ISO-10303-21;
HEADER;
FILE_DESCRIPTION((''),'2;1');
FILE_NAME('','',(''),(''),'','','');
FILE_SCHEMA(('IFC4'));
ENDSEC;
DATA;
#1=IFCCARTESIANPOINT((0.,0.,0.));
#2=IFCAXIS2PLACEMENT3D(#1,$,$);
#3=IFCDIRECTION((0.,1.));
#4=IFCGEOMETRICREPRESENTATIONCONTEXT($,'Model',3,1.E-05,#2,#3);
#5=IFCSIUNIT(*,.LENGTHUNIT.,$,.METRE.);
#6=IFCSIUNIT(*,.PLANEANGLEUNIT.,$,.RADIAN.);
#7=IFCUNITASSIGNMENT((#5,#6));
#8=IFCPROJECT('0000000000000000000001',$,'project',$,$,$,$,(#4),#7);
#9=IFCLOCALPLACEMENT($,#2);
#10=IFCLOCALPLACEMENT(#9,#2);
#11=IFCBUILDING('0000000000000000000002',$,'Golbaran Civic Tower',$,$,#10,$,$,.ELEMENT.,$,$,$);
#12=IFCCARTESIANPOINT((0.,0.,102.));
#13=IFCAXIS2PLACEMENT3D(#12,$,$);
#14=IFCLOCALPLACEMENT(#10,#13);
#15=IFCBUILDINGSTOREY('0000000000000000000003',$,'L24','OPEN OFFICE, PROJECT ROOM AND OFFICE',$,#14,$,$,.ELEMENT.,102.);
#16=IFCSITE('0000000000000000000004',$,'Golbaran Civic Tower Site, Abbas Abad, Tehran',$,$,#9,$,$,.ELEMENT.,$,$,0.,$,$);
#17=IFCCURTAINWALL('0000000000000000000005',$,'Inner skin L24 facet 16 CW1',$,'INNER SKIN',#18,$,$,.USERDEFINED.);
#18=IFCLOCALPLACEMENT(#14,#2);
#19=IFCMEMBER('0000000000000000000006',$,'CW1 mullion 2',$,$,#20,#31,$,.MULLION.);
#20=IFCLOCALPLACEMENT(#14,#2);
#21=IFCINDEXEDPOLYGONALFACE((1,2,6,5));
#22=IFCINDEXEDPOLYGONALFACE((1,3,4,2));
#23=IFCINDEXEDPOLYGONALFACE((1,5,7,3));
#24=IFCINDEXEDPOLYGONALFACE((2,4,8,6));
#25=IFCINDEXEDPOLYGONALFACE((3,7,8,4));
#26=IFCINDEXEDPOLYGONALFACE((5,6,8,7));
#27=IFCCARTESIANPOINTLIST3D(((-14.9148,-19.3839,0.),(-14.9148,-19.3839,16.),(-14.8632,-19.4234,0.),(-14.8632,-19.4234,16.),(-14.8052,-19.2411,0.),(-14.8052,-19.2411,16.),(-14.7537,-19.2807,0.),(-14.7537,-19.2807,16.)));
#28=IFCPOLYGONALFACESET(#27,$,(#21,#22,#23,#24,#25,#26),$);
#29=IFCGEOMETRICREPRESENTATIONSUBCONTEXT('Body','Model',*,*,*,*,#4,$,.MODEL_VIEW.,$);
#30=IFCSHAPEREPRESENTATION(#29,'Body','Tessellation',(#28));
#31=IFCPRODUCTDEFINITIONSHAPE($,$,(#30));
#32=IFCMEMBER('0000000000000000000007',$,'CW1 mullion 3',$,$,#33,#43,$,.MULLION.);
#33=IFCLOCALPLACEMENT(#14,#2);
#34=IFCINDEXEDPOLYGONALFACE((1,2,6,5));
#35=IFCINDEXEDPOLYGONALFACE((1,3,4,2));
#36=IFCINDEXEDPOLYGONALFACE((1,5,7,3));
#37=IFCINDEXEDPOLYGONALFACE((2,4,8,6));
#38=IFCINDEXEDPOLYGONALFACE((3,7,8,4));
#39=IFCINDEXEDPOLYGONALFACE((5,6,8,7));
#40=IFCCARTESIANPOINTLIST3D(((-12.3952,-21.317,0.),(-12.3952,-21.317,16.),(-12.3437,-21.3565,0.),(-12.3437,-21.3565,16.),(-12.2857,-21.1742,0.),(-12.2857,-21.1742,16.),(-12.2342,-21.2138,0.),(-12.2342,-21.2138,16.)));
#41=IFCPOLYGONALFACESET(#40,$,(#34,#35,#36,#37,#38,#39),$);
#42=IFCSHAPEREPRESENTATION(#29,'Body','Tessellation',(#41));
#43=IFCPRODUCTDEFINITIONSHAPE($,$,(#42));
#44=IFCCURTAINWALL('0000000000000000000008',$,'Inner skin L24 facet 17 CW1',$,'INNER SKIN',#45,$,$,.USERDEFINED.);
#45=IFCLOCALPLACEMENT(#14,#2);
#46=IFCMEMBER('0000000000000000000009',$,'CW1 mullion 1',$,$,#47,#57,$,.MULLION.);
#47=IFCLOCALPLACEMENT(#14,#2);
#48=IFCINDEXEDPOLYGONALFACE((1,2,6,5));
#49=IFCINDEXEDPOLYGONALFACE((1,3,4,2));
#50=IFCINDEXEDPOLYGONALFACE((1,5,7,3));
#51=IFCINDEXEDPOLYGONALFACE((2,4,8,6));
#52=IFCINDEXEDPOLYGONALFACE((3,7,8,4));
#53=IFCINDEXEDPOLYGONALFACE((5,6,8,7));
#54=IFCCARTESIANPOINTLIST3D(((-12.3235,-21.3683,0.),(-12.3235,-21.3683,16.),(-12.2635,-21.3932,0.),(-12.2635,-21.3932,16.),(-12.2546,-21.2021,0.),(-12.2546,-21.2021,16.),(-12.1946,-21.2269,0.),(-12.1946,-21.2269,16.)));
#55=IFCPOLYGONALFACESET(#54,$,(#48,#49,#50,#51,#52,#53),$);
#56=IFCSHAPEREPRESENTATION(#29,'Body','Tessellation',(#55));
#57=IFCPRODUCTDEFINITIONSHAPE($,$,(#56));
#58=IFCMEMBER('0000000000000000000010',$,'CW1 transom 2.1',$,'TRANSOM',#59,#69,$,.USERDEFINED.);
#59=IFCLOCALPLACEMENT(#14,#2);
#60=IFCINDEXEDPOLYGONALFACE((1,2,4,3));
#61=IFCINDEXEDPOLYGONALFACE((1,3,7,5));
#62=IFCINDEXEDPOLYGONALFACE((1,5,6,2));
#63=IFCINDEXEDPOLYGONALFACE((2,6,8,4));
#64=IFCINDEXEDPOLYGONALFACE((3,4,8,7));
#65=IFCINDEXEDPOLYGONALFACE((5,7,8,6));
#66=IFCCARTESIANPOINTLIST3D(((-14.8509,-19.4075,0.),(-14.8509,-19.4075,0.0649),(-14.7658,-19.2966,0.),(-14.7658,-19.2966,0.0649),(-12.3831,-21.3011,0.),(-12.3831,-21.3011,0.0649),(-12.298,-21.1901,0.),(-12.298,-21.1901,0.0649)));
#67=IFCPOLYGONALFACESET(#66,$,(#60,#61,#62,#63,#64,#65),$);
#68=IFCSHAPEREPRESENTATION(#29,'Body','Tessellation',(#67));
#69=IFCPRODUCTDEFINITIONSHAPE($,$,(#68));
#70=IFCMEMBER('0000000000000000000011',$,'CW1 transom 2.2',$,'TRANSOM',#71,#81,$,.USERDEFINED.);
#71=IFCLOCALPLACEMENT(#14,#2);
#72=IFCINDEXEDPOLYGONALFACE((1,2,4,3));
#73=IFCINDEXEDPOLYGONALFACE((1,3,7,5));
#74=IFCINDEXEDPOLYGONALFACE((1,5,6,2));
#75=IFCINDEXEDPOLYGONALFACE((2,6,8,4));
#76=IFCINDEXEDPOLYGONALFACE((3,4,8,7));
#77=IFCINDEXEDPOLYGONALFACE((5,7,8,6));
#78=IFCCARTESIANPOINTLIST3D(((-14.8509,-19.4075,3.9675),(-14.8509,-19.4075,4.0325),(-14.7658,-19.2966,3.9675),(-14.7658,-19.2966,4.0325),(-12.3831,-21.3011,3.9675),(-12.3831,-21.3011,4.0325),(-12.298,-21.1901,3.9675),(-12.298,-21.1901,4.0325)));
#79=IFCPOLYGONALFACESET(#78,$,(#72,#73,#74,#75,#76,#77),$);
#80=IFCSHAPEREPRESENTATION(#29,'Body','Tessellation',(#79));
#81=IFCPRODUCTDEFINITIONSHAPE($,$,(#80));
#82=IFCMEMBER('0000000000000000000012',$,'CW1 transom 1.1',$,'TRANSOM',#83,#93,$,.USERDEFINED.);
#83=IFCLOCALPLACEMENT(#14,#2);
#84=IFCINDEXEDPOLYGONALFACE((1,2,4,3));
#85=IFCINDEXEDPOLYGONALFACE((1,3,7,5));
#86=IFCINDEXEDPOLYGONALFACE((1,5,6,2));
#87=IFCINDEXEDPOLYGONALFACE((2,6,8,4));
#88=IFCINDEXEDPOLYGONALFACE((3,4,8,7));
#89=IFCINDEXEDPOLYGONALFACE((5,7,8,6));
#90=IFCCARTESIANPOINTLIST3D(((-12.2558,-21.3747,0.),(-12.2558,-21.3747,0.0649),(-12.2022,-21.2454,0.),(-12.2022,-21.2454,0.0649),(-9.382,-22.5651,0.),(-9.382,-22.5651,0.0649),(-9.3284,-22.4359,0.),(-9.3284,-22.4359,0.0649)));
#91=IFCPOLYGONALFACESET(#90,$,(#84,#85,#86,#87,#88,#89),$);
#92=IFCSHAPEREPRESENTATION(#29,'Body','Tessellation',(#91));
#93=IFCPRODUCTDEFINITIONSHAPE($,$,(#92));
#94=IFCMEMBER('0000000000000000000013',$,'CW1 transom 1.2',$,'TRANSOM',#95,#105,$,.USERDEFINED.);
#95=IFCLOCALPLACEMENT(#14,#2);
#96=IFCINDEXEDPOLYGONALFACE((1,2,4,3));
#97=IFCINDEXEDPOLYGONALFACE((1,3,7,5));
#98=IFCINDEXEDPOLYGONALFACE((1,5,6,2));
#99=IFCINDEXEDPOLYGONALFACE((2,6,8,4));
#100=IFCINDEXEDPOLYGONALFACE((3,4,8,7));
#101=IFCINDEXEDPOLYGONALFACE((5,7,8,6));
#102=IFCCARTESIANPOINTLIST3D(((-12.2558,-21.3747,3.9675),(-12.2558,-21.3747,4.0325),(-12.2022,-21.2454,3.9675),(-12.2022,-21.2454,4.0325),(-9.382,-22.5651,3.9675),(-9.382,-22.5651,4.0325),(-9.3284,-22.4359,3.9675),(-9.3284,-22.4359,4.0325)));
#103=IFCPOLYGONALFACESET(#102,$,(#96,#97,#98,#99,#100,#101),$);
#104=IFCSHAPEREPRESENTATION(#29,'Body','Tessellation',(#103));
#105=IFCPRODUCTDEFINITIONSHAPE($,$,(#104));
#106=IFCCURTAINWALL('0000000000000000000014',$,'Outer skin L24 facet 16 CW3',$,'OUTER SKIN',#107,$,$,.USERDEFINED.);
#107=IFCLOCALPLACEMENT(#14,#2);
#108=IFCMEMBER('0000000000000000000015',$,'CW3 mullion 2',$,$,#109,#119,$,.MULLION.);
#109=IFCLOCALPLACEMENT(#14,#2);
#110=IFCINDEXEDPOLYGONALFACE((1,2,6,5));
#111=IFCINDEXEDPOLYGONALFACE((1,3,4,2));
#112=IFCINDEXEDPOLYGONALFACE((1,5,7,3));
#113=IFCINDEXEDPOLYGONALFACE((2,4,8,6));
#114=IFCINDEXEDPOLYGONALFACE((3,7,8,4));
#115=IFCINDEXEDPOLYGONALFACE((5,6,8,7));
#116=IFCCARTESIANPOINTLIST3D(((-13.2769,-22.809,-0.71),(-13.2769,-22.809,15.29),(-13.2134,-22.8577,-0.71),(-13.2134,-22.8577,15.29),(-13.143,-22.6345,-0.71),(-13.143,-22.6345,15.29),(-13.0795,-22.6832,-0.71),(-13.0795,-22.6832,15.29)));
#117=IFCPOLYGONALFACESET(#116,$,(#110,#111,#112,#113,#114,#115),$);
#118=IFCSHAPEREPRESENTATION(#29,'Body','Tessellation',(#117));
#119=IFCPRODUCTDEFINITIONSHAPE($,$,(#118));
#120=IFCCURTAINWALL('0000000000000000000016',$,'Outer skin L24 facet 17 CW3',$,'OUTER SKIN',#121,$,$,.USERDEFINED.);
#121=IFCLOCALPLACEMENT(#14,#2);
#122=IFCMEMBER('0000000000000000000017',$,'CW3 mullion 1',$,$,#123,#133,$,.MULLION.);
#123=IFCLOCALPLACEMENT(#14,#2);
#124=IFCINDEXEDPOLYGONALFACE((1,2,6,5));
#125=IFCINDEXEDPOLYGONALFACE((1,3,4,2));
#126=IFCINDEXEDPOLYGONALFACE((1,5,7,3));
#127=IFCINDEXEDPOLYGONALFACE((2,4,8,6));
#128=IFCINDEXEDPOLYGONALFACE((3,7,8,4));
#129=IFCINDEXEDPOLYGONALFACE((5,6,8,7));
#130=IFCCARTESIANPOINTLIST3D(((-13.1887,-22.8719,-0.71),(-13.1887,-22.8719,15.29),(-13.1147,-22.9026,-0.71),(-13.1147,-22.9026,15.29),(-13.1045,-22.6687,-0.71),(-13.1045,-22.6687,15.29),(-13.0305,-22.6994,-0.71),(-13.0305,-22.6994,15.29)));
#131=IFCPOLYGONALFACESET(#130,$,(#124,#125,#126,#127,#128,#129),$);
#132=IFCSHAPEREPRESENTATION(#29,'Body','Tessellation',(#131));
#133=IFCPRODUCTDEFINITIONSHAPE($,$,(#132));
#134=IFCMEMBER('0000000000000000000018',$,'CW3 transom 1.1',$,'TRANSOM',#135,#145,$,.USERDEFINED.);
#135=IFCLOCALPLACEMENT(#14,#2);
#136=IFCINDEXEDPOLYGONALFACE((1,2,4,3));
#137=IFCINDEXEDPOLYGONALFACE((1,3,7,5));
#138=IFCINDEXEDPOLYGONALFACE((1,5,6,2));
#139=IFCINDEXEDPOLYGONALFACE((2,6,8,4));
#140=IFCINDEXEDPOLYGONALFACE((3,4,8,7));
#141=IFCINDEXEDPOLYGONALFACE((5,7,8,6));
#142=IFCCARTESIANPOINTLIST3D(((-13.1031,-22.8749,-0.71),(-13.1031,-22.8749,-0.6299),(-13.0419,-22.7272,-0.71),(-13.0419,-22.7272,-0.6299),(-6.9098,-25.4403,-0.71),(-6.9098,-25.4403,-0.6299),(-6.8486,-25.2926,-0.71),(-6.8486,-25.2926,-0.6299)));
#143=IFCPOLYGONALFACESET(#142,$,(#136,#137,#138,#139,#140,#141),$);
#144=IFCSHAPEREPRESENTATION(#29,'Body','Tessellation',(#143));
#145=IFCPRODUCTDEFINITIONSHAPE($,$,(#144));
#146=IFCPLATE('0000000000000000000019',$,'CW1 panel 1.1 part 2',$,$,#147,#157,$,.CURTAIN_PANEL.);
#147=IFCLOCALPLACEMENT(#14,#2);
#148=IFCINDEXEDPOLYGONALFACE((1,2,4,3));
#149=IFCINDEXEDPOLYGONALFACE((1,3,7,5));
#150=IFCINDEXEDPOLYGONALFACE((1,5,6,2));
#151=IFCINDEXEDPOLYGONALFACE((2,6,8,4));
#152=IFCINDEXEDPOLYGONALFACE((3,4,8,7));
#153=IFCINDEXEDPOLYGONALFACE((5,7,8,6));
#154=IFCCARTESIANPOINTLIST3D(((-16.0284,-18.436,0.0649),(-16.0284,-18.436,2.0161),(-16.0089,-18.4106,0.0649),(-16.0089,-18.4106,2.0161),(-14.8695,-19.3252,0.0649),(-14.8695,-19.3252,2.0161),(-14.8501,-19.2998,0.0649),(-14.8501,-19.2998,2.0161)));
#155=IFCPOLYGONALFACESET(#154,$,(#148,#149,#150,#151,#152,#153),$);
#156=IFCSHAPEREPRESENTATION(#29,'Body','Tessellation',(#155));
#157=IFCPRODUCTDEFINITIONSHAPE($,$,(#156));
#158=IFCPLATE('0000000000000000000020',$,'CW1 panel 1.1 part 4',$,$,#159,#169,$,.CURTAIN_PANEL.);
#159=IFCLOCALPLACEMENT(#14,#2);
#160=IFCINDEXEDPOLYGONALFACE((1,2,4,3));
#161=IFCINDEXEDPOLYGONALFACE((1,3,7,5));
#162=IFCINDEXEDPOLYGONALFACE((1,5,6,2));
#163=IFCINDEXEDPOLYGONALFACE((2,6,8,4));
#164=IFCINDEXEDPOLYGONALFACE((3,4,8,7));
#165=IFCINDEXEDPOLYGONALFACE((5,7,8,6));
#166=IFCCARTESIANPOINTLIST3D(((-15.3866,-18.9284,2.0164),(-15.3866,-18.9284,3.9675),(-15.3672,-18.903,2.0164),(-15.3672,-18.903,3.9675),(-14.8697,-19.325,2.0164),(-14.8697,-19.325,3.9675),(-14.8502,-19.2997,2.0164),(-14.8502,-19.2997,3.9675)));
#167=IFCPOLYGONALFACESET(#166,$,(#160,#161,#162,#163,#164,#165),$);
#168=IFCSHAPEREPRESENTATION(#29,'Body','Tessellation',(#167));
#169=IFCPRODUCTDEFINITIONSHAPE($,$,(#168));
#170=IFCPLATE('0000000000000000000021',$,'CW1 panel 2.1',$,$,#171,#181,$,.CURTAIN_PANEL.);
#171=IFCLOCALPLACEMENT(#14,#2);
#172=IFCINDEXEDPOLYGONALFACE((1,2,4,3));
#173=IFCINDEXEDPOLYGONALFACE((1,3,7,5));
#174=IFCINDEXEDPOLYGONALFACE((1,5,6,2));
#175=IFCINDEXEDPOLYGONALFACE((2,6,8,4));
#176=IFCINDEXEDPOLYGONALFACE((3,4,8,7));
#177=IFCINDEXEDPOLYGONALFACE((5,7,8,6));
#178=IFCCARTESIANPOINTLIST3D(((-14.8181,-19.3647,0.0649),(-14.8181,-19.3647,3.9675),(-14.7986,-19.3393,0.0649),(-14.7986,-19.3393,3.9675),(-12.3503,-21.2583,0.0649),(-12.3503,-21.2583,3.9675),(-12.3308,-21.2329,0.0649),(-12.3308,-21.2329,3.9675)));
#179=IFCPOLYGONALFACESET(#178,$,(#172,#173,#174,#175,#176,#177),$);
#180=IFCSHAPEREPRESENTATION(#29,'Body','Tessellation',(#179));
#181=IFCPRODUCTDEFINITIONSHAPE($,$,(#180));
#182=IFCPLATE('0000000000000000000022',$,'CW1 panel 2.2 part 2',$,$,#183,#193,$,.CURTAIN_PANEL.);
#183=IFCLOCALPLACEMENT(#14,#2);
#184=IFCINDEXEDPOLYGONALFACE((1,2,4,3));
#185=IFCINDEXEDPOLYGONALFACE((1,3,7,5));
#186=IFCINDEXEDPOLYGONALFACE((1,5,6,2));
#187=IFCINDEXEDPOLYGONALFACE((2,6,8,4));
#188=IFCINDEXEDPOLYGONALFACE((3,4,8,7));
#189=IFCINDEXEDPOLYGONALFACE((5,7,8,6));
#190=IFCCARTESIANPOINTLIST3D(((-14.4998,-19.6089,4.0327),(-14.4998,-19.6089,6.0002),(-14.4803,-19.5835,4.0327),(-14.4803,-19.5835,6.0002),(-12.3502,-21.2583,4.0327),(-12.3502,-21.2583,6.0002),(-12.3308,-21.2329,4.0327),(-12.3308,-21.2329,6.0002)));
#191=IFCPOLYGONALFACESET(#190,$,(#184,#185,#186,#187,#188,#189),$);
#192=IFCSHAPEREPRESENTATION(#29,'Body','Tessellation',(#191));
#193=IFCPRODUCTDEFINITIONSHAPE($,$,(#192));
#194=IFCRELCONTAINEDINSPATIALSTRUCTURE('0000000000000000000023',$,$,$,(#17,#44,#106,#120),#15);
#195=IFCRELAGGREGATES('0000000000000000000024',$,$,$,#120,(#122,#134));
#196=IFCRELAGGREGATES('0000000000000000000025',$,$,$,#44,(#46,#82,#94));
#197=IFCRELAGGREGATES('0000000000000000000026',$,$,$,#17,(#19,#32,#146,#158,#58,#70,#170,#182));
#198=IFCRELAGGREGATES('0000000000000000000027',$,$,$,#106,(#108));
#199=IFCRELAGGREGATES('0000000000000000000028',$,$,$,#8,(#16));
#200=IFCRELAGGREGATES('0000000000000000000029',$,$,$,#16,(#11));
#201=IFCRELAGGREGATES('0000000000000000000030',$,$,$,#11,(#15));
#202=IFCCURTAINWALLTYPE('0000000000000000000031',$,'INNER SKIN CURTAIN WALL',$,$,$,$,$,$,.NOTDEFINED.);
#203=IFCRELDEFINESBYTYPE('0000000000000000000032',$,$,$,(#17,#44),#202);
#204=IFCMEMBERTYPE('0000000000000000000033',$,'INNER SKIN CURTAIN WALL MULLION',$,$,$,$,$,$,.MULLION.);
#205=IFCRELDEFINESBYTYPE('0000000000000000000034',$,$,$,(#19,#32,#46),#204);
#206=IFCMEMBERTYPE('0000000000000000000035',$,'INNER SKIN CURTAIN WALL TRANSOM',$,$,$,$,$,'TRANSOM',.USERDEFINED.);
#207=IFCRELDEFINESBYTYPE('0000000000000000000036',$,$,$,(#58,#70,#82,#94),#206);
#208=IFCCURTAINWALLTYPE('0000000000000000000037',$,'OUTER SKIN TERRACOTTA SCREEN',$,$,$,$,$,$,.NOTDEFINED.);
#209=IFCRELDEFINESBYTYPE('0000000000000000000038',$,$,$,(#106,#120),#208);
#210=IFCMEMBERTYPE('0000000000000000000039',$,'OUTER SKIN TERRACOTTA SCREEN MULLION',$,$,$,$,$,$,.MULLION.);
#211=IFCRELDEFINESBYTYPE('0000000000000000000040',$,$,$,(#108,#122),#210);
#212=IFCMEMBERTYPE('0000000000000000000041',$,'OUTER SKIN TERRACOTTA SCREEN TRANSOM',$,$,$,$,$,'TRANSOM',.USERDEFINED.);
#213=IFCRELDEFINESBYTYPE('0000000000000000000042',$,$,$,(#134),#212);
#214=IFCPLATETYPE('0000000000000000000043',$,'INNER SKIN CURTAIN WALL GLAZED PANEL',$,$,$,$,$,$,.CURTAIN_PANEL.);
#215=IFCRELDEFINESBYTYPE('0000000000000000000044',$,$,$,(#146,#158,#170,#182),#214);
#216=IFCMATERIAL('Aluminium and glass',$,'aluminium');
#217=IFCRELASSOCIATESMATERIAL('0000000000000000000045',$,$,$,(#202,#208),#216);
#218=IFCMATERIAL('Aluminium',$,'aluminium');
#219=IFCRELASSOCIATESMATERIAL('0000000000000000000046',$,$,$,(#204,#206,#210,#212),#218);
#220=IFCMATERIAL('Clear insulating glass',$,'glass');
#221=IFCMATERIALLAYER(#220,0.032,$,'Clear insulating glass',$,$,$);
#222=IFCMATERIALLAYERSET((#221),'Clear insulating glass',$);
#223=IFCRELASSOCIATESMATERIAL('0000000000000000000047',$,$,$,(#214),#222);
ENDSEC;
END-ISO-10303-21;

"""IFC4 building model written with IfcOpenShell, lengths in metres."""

from ifc_helpers import new_model, si_unit, direction, frame, origin, origin_2d, place, context, subcontext, project, spatial, rectangle, extrude, material, layer, layer_set, material_profile, profile_set, type_object, element, aggregate, save


model = new_model("IFC4")

# Units and contexts
model_context = context("Model", 3, precision=1e-05, world=origin(), true_north=direction((0.0, 1.0)))
body_context = subcontext(model_context, "Body", "Model", "MODEL_VIEW")
ifc_project = project(units=[si_unit("LENGTHUNIT", "METRE"), si_unit("PLANEANGLEUNIT", "RADIAN")], contexts=[model_context])

# Site, building, storey
site_placement = place(None, origin())
site = spatial("IfcSite", under=ifc_project, at=site_placement, Name="Golbaran Civic Tower Site, Abbas Abad, Tehran", CompositionType="ELEMENT", RefElevation=0.0)
building_placement = place(site_placement, origin())
building = spatial("IfcBuilding", under=site, at=building_placement, Name="Golbaran Civic Tower", CompositionType="ELEMENT")
storey_placement = place(building_placement, frame((0.0, 0.0, 102.0)))
storey = spatial("IfcBuildingStorey", under=building, at=storey_placement, Name="L24", Description="OPEN OFFICE, PROJECT ROOM AND OFFICE", CompositionType="ELEMENT", Elevation=102.0)

# Curtain wall, members
ifc_material_1 = material(Name="Aluminium and glass", Category="aluminium")
curtain_wall_type_1 = type_object("IfcCurtainWallType", Name="INNER SKIN CURTAIN WALL", PredefinedType="NOTDEFINED", material=ifc_material_1)
curtain_wall_1_placement = place(storey_placement, origin())
curtain_wall_1 = element("IfcCurtainWall", 1, at=curtain_wall_1_placement, inside=storey, type_object=curtain_wall_type_1, Name="Inner skin L24 facet 16 CW1", ObjectType="INNER SKIN", PredefinedType="USERDEFINED")
ifc_material_2 = material(Name="Aluminium", Category="aluminium")
ifc_material_profile_1 = material_profile(ifc_material_2, rectangle(XDim=0.1799, YDim=0.0649, at=origin_2d()), Name="INNER SKIN CURTAIN WALL MULLION")
ifc_profile_set_1 = profile_set([ifc_material_profile_1], Name="Aluminium")
member_type_1 = type_object("IfcMemberType", Name="INNER SKIN CURTAIN WALL MULLION", PredefinedType="MULLION", material=ifc_profile_set_1)
member_1_placement = place(storey_placement, frame((-14.8342, -19.3323, 0.0), z_axis=(0.0, 0.0, 1.0), x_axis=(0.608761, 0.793353, 0.0)))
member_1 = element("IfcMember", 2, at=member_1_placement, type_object=member_type_1, Name="CW1 mullion 2", PredefinedType="MULLION", context=body_context, shape_type="SweptSolid", body=[
    extrude(rectangle(XDim=0.1799, YDim=0.0649, at=origin_2d()), origin(), (0.0, 0.0, 1.0), 16.0),
])
member_2_placement = place(storey_placement, frame((-12.3147, -21.2654, 0.0), z_axis=(0.0, 0.0, 1.0), x_axis=(0.608761, 0.793353, 0.0)))
member_2 = element("IfcMember", 3, at=member_2_placement, type_object=member_type_1, Name="CW1 mullion 3", PredefinedType="MULLION", context=body_context, shape_type="SweptSolid", body=[
    extrude(rectangle(XDim=0.1799, YDim=0.0649, at=origin_2d()), origin(), (0.0, 0.0, 1.0), 16.0),
])

# Curtain wall, member
curtain_wall_2_placement = place(storey_placement, origin())
curtain_wall_2 = element("IfcCurtainWall", 4, at=curtain_wall_2_placement, inside=storey, type_object=curtain_wall_type_1, Name="Inner skin L24 facet 17 CW1", ObjectType="INNER SKIN", PredefinedType="USERDEFINED")
member_3_placement = place(storey_placement, frame((-12.259, -21.2976, 0.0), z_axis=(0.0, 0.0, 1.0), x_axis=(0.382683, 0.92388, 0.0)))
member_3 = element("IfcMember", 5, at=member_3_placement, type_object=member_type_1, Name="CW1 mullion 1", PredefinedType="MULLION", context=body_context, shape_type="SweptSolid", body=[
    extrude(rectangle(XDim=0.1799, YDim=0.0649, at=origin_2d()), origin(), (0.0, 0.0, 1.0), 16.0),
])

# Members
ifc_material_profile_2 = material_profile(ifc_material_2, rectangle(XDim=0.1399, YDim=0.0649, at=origin_2d()), Name="INNER SKIN CURTAIN WALL TRANSOM")
ifc_profile_set_2 = profile_set([ifc_material_profile_2], Name="Aluminium")
member_type_2 = type_object("IfcMemberType", Name="INNER SKIN CURTAIN WALL TRANSOM", ElementType="TRANSOM", PredefinedType="USERDEFINED", material=ifc_profile_set_2)
member_4_placement = place(storey_placement, frame((-14.8083, -19.3521, 0.0325), z_axis=(0.793359, -0.608754, 0.0), x_axis=(0.608754, 0.793359, 0.0)))
member_4 = element("IfcMember", 6, at=member_4_placement, type_object=member_type_2, Name="CW1 transom 2.1", ObjectType="TRANSOM", PredefinedType="USERDEFINED", context=body_context, shape_type="SweptSolid", body=[
    extrude(rectangle(XDim=0.1399, YDim=0.0649, at=origin_2d()), origin(), (0.0, 0.0, 1.0), 3.1106),
])
member_5_placement = place(storey_placement, frame((-14.8083, -19.3521, 4.0), z_axis=(0.793359, -0.608754, 0.0), x_axis=(0.608754, 0.793359, 0.0)))
member_5 = element("IfcMember", 7, at=member_5_placement, type_object=member_type_2, Name="CW1 transom 2.2", ObjectType="TRANSOM", PredefinedType="USERDEFINED", context=body_context, shape_type="SweptSolid", body=[
    extrude(rectangle(XDim=0.1399, YDim=0.0649, at=origin_2d()), origin(), (0.0, 0.0, 1.0), 3.1106),
])
member_6_placement = place(storey_placement, frame((-12.229, -21.3101, 0.0325), z_axis=(0.923871, -0.382703, 0.0), x_axis=(0.382703, 0.923871, 0.0)))
member_6 = element("IfcMember", 8, at=member_6_placement, type_object=member_type_2, Name="CW1 transom 1.1", ObjectType="TRANSOM", PredefinedType="USERDEFINED", context=body_context, shape_type="SweptSolid", body=[
    extrude(rectangle(XDim=0.1399, YDim=0.0649, at=origin_2d()), origin(), (0.0, 0.0, 1.0), 3.1106),
])
member_7_placement = place(storey_placement, frame((-12.229, -21.3101, 4.0), z_axis=(0.923871, -0.382703, 0.0), x_axis=(0.382703, 0.923871, 0.0)))
member_7 = element("IfcMember", 9, at=member_7_placement, type_object=member_type_2, Name="CW1 transom 1.2", ObjectType="TRANSOM", PredefinedType="USERDEFINED", context=body_context, shape_type="SweptSolid", body=[
    extrude(rectangle(XDim=0.1399, YDim=0.0649, at=origin_2d()), origin(), (0.0, 0.0, 1.0), 3.1106),
])

# Curtain wall, member
curtain_wall_type_2 = type_object("IfcCurtainWallType", Name="OUTER SKIN TERRACOTTA SCREEN", PredefinedType="NOTDEFINED", material=ifc_material_1)
curtain_wall_3_placement = place(storey_placement, origin())
curtain_wall_3 = element("IfcCurtainWall", 10, at=curtain_wall_3_placement, inside=storey, type_object=curtain_wall_type_2, Name="Outer skin L24 facet 16 CW3", ObjectType="OUTER SKIN", PredefinedType="USERDEFINED")
ifc_material_profile_3 = material_profile(ifc_material_2, rectangle(XDim=0.22, YDim=0.0801, at=origin_2d()), Name="OUTER SKIN TERRACOTTA SCREEN MULLION")
ifc_profile_set_3 = profile_set([ifc_material_profile_3], Name="Aluminium")
member_type_3 = type_object("IfcMemberType", Name="OUTER SKIN TERRACOTTA SCREEN MULLION", PredefinedType="MULLION", material=ifc_profile_set_3)
member_8_placement = place(storey_placement, frame((-13.1782, -22.7461, -0.71), z_axis=(0.0, 0.0, 1.0), x_axis=(0.608761, 0.793353, 0.0)))
member_8 = element("IfcMember", 11, at=member_8_placement, type_object=member_type_3, Name="CW3 mullion 2", PredefinedType="MULLION", context=body_context, shape_type="SweptSolid", body=[
    extrude(rectangle(XDim=0.22, YDim=0.0801, at=origin_2d()), origin(), (0.0, 0.0, 1.0), 16.0),
])

# Curtain wall, members
curtain_wall_4_placement = place(storey_placement, origin())
curtain_wall_4 = element("IfcCurtainWall", 12, at=curtain_wall_4_placement, inside=storey, type_object=curtain_wall_type_2, Name="Outer skin L24 facet 17 CW3", ObjectType="OUTER SKIN", PredefinedType="USERDEFINED")
member_9_placement = place(storey_placement, frame((-13.1096, -22.7856, -0.71), z_axis=(0.0, 0.0, 1.0), x_axis=(0.382683, 0.92388, 0.0)))
member_9 = element("IfcMember", 13, at=member_9_placement, type_object=member_type_3, Name="CW3 mullion 1", PredefinedType="MULLION", context=body_context, shape_type="SweptSolid", body=[
    extrude(rectangle(XDim=0.22, YDim=0.0801, at=origin_2d()), origin(), (0.0, 0.0, 1.0), 16.0),
])
ifc_material_profile_4 = material_profile(ifc_material_2, rectangle(XDim=0.1599, YDim=0.0801, at=origin_2d()), Name="OUTER SKIN TERRACOTTA SCREEN TRANSOM")
ifc_profile_set_4 = profile_set([ifc_material_profile_4], Name="Aluminium")
member_type_4 = type_object("IfcMemberType", Name="OUTER SKIN TERRACOTTA SCREEN TRANSOM", ElementType="TRANSOM", PredefinedType="USERDEFINED", material=ifc_profile_set_4)
member_10_placement = place(storey_placement, frame((-13.0725, -22.801, -0.6699), z_axis=(0.923877, -0.382691, 0.0), x_axis=(0.382691, 0.923877, 0.0)))
member_10 = element("IfcMember", 14, at=member_10_placement, type_object=member_type_4, Name="CW3 transom 1.1", ObjectType="TRANSOM", PredefinedType="USERDEFINED", context=body_context, shape_type="SweptSolid", body=[
    extrude(rectangle(XDim=0.1599, YDim=0.0801, at=origin_2d()), origin(), (0.0, 0.0, 1.0), 6.7036),
])
aggregate(curtain_wall_4, [member_9, member_10])

# Plates
ifc_material_3 = material(Name="Clear insulating glass", Category="glass")
ifc_layer_1 = layer(ifc_material_3, 0.032, Name="Clear insulating glass")
ifc_layer_set_1 = layer_set([ifc_layer_1], Name="Clear insulating glass")
plate_type_1 = type_object("IfcPlateType", Name="INNER SKIN CURTAIN WALL GLAZED PANEL", PredefinedType="CURTAIN_PANEL", material=ifc_layer_set_1)
plate_1_placement = place(storey_placement, frame((-15.4392, -18.8679, 0.0649), z_axis=(0.0, 0.0, 1.0), x_axis=(0.793353, -0.608761, 0.0)))
plate_1 = element("IfcPlate", 15, at=plate_1_placement, type_object=plate_type_1, Name="CW1 panel 1.1 part 2", PredefinedType="CURTAIN_PANEL", context=body_context, shape_type="SweptSolid", body=[
    extrude(rectangle(XDim=1.4607, YDim=0.032, at=origin_2d()), origin(), (0.0, 0.0, 1.0), 1.9512),
])
plate_2_placement = place(storey_placement, frame((-15.1184, -19.114, 2.0164), z_axis=(0.0, 0.0, 1.0), x_axis=(0.793353, -0.608761, 0.0)))
plate_2 = element("IfcPlate", 16, at=plate_2_placement, type_object=plate_type_1, Name="CW1 panel 1.1 part 4", PredefinedType="CURTAIN_PANEL", context=body_context, shape_type="SweptSolid", body=[
    extrude(rectangle(XDim=0.6516, YDim=0.032, at=origin_2d()), origin(), (0.0, 0.0, 1.0), 1.9512),
])
plate_3_placement = place(storey_placement, frame((-13.5745, -20.2988, 0.0649), z_axis=(0.0, 0.0, 1.0), x_axis=(0.793353, -0.608761, 0.0)))
plate_3 = element("IfcPlate", 17, at=plate_3_placement, type_object=plate_type_1, Name="CW1 panel 2.1", PredefinedType="CURTAIN_PANEL", context=body_context, shape_type="SweptSolid", body=[
    extrude(rectangle(XDim=3.1106, YDim=0.032, at=origin_2d()), origin(), (0.0, 0.0, 1.0), 3.9026),
])
plate_4_placement = place(storey_placement, frame((-13.4153, -20.4209, 4.0327), z_axis=(0.0, 0.0, 1.0), x_axis=(0.793353, -0.608761, 0.0)))
plate_4 = element("IfcPlate", 18, at=plate_4_placement, type_object=plate_type_1, Name="CW1 panel 2.2 part 2", PredefinedType="CURTAIN_PANEL", context=body_context, shape_type="SweptSolid", body=[
    extrude(rectangle(XDim=2.7095, YDim=0.032, at=origin_2d()), origin(), (0.0, 0.0, 1.0), 1.9675),
])
aggregate(curtain_wall_2, [member_3, member_6, member_7])
aggregate(curtain_wall_1, [member_1, member_2, plate_1, plate_2, member_4, member_5, plate_3, plate_4])
aggregate(curtain_wall_3, [member_8])

save(model, "model.ifc")
